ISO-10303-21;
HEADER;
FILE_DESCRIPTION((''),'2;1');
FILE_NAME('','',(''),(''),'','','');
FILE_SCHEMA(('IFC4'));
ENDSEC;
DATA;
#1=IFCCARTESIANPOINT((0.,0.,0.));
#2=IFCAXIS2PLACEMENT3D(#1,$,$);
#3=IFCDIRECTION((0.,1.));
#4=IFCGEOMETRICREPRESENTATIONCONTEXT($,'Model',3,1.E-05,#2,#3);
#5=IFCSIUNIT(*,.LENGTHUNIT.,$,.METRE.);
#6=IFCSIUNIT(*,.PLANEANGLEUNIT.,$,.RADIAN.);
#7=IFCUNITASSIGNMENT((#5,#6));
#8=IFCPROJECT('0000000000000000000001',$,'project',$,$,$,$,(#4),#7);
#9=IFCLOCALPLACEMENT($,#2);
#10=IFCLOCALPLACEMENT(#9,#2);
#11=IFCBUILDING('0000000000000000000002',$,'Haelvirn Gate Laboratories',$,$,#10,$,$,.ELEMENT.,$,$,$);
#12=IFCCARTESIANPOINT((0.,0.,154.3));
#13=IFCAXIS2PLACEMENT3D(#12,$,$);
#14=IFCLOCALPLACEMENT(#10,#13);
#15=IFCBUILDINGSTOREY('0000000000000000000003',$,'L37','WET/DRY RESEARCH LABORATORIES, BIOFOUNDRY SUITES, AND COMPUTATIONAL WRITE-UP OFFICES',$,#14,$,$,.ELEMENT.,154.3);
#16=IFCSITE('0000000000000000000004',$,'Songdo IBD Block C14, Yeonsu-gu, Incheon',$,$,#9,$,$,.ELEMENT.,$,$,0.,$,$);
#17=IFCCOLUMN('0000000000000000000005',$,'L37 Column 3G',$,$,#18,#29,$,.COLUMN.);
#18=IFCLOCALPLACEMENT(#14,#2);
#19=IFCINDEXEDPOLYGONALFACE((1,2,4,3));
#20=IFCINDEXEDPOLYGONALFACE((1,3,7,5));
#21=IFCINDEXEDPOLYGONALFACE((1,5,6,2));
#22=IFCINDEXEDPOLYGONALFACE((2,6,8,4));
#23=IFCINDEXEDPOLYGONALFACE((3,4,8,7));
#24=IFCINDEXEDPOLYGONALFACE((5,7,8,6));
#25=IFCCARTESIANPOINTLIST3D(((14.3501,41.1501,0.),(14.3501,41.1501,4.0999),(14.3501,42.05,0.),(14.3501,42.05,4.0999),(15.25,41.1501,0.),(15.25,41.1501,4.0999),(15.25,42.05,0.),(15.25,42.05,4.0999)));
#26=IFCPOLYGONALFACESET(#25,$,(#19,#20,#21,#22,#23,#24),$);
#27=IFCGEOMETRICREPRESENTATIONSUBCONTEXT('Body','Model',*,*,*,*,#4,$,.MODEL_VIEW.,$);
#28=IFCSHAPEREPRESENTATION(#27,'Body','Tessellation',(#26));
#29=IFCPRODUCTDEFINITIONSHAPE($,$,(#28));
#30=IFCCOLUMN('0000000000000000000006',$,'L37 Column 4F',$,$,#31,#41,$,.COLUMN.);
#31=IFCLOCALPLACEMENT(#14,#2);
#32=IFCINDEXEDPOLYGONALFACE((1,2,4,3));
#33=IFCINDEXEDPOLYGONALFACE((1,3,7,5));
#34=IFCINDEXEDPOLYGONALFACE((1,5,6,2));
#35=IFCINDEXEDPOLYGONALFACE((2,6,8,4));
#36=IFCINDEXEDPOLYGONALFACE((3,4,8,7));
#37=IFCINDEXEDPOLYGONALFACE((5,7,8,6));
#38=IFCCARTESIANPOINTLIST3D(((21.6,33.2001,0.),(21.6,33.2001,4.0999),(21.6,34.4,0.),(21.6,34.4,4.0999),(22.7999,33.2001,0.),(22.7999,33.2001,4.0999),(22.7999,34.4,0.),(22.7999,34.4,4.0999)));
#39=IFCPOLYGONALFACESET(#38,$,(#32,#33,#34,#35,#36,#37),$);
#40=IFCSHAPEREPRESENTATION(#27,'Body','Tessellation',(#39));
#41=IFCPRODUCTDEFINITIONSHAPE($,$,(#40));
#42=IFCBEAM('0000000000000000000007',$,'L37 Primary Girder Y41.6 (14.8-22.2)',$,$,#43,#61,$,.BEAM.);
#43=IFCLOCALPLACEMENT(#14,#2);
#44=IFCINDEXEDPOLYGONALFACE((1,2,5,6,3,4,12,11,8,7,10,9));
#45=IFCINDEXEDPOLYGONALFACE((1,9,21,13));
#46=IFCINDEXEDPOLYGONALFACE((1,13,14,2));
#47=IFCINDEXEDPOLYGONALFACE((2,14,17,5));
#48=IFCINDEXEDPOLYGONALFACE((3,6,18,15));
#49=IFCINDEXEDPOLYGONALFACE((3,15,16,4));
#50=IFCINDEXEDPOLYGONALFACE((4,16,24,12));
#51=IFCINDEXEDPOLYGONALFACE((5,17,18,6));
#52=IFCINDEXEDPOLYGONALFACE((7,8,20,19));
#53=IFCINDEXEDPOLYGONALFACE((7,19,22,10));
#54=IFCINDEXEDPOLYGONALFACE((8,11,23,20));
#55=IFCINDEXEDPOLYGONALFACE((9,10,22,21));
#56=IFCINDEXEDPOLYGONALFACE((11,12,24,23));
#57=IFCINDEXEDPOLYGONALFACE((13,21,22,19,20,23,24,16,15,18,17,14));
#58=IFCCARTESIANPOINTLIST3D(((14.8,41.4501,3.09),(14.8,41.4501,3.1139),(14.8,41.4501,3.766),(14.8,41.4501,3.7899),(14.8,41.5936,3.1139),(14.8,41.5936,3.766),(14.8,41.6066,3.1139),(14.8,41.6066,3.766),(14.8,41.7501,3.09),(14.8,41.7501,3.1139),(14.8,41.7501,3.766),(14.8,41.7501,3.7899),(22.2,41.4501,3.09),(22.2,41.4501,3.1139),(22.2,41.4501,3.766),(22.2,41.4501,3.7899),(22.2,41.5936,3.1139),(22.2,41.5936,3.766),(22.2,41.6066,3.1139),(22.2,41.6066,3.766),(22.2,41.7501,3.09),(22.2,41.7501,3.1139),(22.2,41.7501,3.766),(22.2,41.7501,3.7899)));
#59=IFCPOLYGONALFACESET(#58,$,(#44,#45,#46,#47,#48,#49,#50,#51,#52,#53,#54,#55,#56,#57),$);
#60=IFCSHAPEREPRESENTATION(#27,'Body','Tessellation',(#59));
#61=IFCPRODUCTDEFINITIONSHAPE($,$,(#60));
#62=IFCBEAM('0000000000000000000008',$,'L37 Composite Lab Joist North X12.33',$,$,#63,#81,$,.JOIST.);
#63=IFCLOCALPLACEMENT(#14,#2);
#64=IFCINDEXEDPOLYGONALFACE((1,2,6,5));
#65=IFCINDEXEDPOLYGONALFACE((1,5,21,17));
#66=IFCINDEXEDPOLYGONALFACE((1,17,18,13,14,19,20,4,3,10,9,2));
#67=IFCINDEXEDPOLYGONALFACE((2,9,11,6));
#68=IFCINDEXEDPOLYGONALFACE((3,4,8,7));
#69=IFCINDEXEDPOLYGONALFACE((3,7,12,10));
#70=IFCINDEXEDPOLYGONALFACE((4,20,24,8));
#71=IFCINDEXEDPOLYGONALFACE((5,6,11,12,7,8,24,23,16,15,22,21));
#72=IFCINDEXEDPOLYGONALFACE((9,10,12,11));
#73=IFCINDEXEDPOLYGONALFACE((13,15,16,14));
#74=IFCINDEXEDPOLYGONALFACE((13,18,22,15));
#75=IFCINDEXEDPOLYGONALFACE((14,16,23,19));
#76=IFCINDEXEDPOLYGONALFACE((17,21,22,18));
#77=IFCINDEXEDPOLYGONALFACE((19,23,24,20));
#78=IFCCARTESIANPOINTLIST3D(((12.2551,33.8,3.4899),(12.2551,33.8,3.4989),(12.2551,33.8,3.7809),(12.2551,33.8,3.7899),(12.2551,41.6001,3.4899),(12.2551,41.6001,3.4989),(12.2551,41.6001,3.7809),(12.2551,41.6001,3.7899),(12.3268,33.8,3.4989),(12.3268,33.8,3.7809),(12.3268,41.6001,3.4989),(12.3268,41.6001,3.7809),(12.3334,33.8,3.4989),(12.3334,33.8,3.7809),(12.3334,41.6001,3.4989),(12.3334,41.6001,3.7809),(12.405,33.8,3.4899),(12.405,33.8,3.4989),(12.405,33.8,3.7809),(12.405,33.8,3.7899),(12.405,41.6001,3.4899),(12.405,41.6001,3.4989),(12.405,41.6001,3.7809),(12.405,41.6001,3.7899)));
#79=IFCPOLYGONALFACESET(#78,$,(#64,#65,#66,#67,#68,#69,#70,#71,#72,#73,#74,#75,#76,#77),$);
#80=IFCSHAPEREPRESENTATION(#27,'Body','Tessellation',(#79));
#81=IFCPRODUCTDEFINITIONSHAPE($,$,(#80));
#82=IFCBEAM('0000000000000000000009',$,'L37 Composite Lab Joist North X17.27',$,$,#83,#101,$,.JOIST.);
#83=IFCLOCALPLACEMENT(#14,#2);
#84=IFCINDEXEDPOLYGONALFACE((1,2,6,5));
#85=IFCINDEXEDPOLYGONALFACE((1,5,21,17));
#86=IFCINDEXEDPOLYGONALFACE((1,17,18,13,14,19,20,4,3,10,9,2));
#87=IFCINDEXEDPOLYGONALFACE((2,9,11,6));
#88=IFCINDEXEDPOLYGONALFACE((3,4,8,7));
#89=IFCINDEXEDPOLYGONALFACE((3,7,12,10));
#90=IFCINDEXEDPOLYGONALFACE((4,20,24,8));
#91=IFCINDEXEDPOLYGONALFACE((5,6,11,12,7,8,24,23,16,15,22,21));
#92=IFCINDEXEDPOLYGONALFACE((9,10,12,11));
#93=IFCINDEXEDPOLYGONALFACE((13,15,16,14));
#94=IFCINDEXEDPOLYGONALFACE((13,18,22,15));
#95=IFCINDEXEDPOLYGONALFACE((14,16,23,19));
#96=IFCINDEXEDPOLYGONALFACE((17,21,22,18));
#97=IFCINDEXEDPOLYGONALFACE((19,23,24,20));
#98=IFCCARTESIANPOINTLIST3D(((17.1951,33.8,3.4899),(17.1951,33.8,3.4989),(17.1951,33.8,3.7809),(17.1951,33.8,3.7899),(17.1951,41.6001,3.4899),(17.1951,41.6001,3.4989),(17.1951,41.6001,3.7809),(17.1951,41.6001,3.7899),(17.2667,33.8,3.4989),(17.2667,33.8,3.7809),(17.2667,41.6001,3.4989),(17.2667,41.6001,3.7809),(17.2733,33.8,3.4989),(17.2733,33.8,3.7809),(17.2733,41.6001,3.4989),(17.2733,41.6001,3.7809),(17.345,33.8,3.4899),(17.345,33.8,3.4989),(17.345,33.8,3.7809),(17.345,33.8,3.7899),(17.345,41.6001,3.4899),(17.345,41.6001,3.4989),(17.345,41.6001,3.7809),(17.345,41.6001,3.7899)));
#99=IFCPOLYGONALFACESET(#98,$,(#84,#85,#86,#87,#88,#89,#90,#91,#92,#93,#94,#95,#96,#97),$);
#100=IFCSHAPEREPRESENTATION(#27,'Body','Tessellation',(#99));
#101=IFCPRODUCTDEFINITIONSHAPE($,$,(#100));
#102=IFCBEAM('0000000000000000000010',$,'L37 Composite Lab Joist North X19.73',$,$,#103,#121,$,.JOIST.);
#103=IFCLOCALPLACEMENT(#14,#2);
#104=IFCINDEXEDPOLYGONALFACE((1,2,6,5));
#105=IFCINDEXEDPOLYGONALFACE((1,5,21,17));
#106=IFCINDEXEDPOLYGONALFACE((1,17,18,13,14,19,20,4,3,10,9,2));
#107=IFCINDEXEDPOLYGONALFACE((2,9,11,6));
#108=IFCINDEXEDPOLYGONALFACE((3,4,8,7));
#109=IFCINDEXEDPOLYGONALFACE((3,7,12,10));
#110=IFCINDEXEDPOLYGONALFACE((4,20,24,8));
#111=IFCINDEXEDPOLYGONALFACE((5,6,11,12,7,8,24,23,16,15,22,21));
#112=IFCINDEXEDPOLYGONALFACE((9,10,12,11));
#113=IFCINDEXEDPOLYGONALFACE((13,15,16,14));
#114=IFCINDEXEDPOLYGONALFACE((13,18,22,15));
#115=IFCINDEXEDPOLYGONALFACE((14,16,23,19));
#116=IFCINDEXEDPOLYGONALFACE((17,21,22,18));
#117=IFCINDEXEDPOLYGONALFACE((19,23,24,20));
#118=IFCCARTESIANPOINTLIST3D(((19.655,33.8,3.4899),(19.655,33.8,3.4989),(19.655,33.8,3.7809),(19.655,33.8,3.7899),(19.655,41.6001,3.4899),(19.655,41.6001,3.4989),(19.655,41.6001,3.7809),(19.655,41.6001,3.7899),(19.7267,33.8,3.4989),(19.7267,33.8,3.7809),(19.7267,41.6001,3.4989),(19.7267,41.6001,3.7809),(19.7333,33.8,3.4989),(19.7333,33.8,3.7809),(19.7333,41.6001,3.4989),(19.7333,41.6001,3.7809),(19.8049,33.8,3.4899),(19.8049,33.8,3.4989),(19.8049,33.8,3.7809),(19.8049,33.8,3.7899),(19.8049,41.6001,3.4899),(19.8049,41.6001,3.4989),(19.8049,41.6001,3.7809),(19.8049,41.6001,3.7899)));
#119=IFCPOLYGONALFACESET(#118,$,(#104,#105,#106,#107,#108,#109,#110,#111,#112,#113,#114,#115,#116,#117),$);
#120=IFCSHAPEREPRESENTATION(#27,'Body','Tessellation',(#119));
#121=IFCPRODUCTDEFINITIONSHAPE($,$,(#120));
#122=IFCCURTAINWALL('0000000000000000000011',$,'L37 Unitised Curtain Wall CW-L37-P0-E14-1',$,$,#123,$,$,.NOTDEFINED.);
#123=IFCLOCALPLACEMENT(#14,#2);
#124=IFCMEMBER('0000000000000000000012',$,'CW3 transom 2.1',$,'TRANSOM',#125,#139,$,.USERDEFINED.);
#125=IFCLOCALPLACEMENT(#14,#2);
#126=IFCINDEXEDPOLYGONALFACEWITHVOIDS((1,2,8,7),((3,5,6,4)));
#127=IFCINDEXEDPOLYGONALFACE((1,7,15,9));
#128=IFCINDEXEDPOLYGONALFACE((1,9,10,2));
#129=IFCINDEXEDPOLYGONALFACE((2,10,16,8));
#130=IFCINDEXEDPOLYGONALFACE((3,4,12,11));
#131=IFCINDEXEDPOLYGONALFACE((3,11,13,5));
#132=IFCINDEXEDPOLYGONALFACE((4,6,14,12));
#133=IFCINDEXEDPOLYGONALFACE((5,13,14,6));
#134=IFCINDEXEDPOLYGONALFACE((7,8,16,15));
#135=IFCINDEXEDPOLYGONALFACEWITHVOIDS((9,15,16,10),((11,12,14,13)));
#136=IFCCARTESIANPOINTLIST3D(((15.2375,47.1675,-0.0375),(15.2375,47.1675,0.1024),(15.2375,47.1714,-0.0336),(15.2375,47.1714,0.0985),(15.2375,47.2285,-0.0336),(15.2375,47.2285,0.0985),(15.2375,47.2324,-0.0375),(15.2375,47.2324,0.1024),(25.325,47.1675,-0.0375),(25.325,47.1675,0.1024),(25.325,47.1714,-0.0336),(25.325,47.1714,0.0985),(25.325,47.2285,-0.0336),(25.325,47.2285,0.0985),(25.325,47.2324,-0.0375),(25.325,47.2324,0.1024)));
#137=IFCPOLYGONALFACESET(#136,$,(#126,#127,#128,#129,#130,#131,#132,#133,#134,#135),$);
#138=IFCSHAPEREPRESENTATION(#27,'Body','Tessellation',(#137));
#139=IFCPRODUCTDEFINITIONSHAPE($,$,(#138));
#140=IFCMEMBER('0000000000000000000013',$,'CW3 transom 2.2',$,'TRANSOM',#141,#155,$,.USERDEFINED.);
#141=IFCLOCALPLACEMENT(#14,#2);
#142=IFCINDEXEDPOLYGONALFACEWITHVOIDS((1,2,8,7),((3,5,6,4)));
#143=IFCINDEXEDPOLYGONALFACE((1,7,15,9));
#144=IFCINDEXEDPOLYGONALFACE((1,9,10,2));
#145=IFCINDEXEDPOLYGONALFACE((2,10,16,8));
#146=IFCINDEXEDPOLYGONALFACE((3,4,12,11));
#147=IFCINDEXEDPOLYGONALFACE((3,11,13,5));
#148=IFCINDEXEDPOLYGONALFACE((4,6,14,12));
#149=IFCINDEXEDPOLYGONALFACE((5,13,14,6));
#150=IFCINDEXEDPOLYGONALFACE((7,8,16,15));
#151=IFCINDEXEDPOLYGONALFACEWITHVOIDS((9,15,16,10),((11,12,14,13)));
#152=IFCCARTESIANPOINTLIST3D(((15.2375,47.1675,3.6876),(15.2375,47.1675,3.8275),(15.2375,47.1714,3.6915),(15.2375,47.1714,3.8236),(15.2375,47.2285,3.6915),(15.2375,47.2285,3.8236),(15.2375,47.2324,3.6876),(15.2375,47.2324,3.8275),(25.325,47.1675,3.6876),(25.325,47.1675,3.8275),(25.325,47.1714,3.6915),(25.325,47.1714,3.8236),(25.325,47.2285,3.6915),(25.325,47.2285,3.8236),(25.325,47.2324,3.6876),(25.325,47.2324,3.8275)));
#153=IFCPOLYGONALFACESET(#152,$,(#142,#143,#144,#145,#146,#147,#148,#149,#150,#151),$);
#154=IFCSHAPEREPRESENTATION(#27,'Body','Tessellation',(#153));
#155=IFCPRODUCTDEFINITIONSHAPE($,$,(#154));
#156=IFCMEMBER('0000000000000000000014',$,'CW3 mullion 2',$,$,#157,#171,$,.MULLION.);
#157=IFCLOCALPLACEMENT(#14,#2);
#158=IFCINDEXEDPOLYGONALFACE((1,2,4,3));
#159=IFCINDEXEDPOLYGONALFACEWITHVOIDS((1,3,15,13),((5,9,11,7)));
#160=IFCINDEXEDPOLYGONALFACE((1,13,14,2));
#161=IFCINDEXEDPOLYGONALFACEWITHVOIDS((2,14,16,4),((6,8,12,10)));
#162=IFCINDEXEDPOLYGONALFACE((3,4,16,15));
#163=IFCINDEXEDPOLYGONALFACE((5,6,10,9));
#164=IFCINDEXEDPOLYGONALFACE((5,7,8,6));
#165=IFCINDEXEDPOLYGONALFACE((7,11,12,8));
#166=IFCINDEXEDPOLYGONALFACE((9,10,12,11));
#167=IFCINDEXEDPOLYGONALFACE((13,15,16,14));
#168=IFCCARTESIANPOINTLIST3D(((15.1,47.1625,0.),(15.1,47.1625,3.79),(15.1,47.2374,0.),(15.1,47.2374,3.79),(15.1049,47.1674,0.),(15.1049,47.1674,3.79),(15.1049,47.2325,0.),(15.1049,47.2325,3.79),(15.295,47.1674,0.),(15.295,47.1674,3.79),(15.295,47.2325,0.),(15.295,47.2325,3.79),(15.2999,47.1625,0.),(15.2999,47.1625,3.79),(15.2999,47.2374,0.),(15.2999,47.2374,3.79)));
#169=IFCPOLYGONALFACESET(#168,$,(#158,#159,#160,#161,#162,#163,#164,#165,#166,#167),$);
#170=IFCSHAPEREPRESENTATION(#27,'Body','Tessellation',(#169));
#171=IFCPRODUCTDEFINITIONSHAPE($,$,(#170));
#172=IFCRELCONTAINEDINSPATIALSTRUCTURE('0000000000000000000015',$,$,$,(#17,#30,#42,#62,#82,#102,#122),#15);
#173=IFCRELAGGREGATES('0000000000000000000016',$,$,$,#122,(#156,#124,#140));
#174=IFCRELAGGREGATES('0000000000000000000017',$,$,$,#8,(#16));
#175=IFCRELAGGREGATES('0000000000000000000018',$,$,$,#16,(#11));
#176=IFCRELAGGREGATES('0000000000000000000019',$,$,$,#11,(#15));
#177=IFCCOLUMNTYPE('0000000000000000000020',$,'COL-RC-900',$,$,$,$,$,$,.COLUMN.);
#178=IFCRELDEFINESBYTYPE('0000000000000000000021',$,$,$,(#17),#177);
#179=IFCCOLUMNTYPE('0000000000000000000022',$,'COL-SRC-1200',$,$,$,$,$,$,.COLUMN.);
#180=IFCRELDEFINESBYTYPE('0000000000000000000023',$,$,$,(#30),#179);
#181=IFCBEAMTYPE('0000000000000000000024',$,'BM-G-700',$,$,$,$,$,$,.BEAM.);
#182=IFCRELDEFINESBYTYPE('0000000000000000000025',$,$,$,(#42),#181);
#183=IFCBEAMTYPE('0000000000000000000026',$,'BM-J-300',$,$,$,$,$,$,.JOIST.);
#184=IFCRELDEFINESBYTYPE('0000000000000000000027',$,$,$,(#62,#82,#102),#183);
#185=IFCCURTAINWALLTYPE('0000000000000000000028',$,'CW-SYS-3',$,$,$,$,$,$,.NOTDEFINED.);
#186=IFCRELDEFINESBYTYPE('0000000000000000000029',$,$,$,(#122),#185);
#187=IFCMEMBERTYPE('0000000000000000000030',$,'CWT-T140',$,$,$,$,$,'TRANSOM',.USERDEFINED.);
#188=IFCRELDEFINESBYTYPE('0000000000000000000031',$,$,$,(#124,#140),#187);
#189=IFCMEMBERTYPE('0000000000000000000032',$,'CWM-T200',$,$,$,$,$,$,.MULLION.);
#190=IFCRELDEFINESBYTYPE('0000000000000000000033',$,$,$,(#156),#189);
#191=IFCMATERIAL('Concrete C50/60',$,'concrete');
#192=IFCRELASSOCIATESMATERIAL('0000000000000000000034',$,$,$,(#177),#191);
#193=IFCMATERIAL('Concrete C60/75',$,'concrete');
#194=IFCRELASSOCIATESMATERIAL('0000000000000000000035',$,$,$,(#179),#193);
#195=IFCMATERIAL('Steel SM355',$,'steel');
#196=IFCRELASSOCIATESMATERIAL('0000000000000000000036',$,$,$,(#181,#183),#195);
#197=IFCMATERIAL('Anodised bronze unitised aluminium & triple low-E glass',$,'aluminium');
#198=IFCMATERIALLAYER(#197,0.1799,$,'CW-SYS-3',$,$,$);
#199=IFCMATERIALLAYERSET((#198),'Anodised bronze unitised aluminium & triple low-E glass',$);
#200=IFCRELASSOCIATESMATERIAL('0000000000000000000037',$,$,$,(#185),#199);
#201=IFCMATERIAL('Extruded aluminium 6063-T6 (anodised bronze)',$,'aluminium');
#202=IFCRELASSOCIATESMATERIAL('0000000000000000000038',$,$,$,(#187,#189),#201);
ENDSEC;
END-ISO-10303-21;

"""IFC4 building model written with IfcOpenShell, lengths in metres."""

from ifc_helpers import new_model, si_unit, direction, frame, origin, origin_2d, place, context, subcontext, project, spatial, rectangle, hollow_rectangle, i_section, extrude, source, transform, mapped, material, layer, layer_set, material_profile, profile_set, type_object, type_shapes, element, aggregate, save


model = new_model("IFC4")

# Units and contexts
model_context = context("Model", 3, precision=1e-05, world=origin(), true_north=direction((0.0, 1.0)))
body_context = subcontext(model_context, "Body", "Model", "MODEL_VIEW")
ifc_project = project(units=[si_unit("LENGTHUNIT", "METRE"), si_unit("PLANEANGLEUNIT", "RADIAN")], contexts=[model_context])

# Site, building, storey
site_placement = place(None, origin())
site = spatial("IfcSite", under=ifc_project, at=site_placement, Name="Songdo IBD Block C14, Yeonsu-gu, Incheon", CompositionType="ELEMENT", RefElevation=0.0)
building_placement = place(site_placement, origin())
building = spatial("IfcBuilding", under=site, at=building_placement, Name="Haelvirn Gate Laboratories", CompositionType="ELEMENT")
storey_placement = place(building_placement, frame((0.0, 0.0, 154.3)))
storey = spatial("IfcBuildingStorey", under=building, at=storey_placement, Name="L37", Description="WET/DRY RESEARCH LABORATORIES, BIOFOUNDRY SUITES, AND COMPUTATIONAL WRITE-UP OFFICES", CompositionType="ELEMENT", Elevation=154.3)

# Columns
ifc_material_1 = material(Name="Concrete C50/60", Category="concrete")
ifc_material_profile_1 = material_profile(ifc_material_1, rectangle(XDim=0.8999, YDim=0.8999, at=origin_2d()), Name="RC-900x900")
ifc_profile_set_1 = profile_set([ifc_material_profile_1], Name="Concrete C50/60")
column_type_1 = type_object("IfcColumnType", Name="COL-RC-900", PredefinedType="COLUMN", material=ifc_profile_set_1)
shared_shape_1 = source(origin(), body_context, "Body", "SweptSolid", [
    extrude(rectangle(XDim=0.8999, YDim=0.8999, at=origin_2d()), origin(), (0.0, 0.0, 1.0), 4.0999),
])
type_shapes(column_type_1, [shared_shape_1])
column_1_placement = place(storey_placement, frame((14.8, 41.6001, 0.0), z_axis=(0.0, 0.0, 1.0), x_axis=(1.0, 0.0, 0.0)))
element("IfcColumn", 1, at=column_1_placement, inside=storey, type_object=column_type_1, Name="L37 Column 3G", PredefinedType="COLUMN", context=body_context, shape_type="MappedRepresentation", body=[
    mapped(shared_shape_1, transform((0.0, 0.0, 0.0), scale=1.0)),
])
ifc_material_2 = material(Name="Concrete C60/75", Category="concrete")
ifc_material_profile_2 = material_profile(ifc_material_2, rectangle(XDim=1.2, YDim=1.2, at=origin_2d()), Name="SRC-1200x1200")
ifc_profile_set_2 = profile_set([ifc_material_profile_2], Name="Concrete C60/75")
column_type_2 = type_object("IfcColumnType", Name="COL-SRC-1200", PredefinedType="COLUMN", material=ifc_profile_set_2)
shared_shape_2 = source(origin(), body_context, "Body", "SweptSolid", [
    extrude(rectangle(XDim=1.2, YDim=1.2, at=origin_2d()), origin(), (0.0, 0.0, 1.0), 4.0999),
])
type_shapes(column_type_2, [shared_shape_2])
column_2_placement = place(storey_placement, frame((22.2, 33.8, 0.0), z_axis=(0.0, 0.0, 1.0), x_axis=(1.0, 0.0, 0.0)))
element("IfcColumn", 2, at=column_2_placement, inside=storey, type_object=column_type_2, Name="L37 Column 4F", PredefinedType="COLUMN", context=body_context, shape_type="MappedRepresentation", body=[
    mapped(shared_shape_2, transform((0.0, 0.0, 0.0), scale=1.0)),
])

# Beams
ifc_material_3 = material(Name="Steel SM355", Category="steel")
ifc_material_profile_3 = material_profile(ifc_material_3, i_section(OverallWidth=0.3, OverallDepth=0.7, WebThickness=0.0129, FlangeThickness=0.0239, at=origin_2d()), Name="H-700x300x13x24")
ifc_profile_set_3 = profile_set([ifc_material_profile_3], Name="Steel SM355")
beam_type_1 = type_object("IfcBeamType", Name="BM-G-700", PredefinedType="BEAM", material=ifc_profile_set_3)
shared_shape_3 = source(origin(), body_context, "Body", "SweptSolid", [
    extrude(i_section(OverallWidth=0.3, OverallDepth=0.7, WebThickness=0.0129, FlangeThickness=0.0239, at=origin_2d()), origin(), (0.0, 0.0, 1.0), 7.3999),
])
type_shapes(beam_type_1, [shared_shape_3])
beam_placement = place(storey_placement, frame((14.8, 41.6001, 3.4399), z_axis=(1.0, 0.0, 0.0), x_axis=(0.0, 1.0, 0.0)))
element("IfcBeam", 3, at=beam_placement, inside=storey, type_object=beam_type_1, Name="L37 Primary Girder Y41.6 (14.8-22.2)", PredefinedType="BEAM", context=body_context, shape_type="MappedRepresentation", body=[
    mapped(shared_shape_3, transform((0.0, 0.0, 0.0), scale=1.0)),
])
ifc_material_profile_4 = material_profile(ifc_material_3, i_section(OverallWidth=0.1499, OverallDepth=0.3, WebThickness=0.0066, FlangeThickness=0.009, at=origin_2d()), Name="H-300x150x6.5x9")
ifc_profile_set_4 = profile_set([ifc_material_profile_4], Name="Steel SM355")
beam_type_2 = type_object("IfcBeamType", Name="BM-J-300", PredefinedType="JOIST", material=ifc_profile_set_4)
shared_shape_4 = source(origin(), body_context, "Body", "SweptSolid", [
    extrude(i_section(OverallWidth=0.1499, OverallDepth=0.3, WebThickness=0.0066, FlangeThickness=0.009, at=origin_2d()), origin(), (0.0, 0.0, 1.0), 7.8),
])
type_shapes(beam_type_2, [shared_shape_4])
for number, where, z_axis, x_axis, name in (
    (4, (12.3301, 33.8, 3.6399), (0.0, 1.0, 0.0), (-1.0, 0.0, 0.0), "L37 Composite Lab Joist North X12.33"),
    (5, (17.27, 33.8, 3.6399), (0.0, 1.0, 0.0), (-1.0, 0.0, 0.0), "L37 Composite Lab Joist North X17.27"),
    (6, (19.73, 33.8, 3.6399), (0.0, 1.0, 0.0), (-1.0, 0.0, 0.0), "L37 Composite Lab Joist North X19.73"),
):
    element("IfcBeam", number, at=place(storey_placement, frame(where, z_axis=z_axis, x_axis=x_axis)), inside=storey, type_object=beam_type_2, Name=name, PredefinedType="JOIST", context=body_context, shape_type="MappedRepresentation", body=[
        mapped(shared_shape_4, transform((0.0, 0.0, 0.0), scale=1.0)),
    ])

# Curtain wall, members
ifc_material_4 = material(Name="Anodised bronze unitised aluminium & triple low-E glass", Category="aluminium")
ifc_layer_1 = layer(ifc_material_4, 0.1799, Name="CW-SYS-3")
ifc_layer_set_1 = layer_set([ifc_layer_1], Name="Anodised bronze unitised aluminium & triple low-E glass")
curtain_wall_type = type_object("IfcCurtainWallType", Name="CW-SYS-3", PredefinedType="NOTDEFINED", material=ifc_layer_set_1)
curtain_wall_placement = place(storey_placement, origin())
curtain_wall = element("IfcCurtainWall", 7, at=curtain_wall_placement, inside=storey, type_object=curtain_wall_type, Name="L37 Unitised Curtain Wall CW-L37-P0-E14-1", PredefinedType="NOTDEFINED")
ifc_material_5 = material(Name="Extruded aluminium 6063-T6 (anodised bronze)", Category="aluminium")
ifc_material_profile_5 = material_profile(ifc_material_5, hollow_rectangle(XDim=0.0649, YDim=0.1399, WallThickness=0.0039, at=origin_2d()), Name="CWT-140x65x4")
ifc_profile_set_5 = profile_set([ifc_material_profile_5], Name="Extruded aluminium 6063-T6 (anodised bronze)")
member_type_1 = type_object("IfcMemberType", Name="CWT-T140", ElementType="TRANSOM", PredefinedType="USERDEFINED", material=ifc_profile_set_5)
shared_shape_5 = source(origin(), body_context, "Body", "SweptSolid", [
    extrude(hollow_rectangle(XDim=0.0649, YDim=0.1399, WallThickness=0.0039, at=origin_2d()), origin(), (0.0, 0.0, 1.0), 10.0874),
])
type_shapes(member_type_1, [shared_shape_5])
member_1_placement = place(storey_placement, frame((15.2375, 47.2, 0.0325), z_axis=(1.0, 0.0, 0.0), x_axis=(0.0, 1.0, 0.0)))
member_1 = element("IfcMember", 8, at=member_1_placement, type_object=member_type_1, Name="CW3 transom 2.1", ObjectType="TRANSOM", PredefinedType="USERDEFINED", context=body_context, shape_type="MappedRepresentation", body=[
    mapped(shared_shape_5, transform((0.0, 0.0, 0.0), scale=1.0)),
])
member_2_placement = place(storey_placement, frame((15.2375, 47.2, 3.7576), z_axis=(1.0, 0.0, 0.0), x_axis=(0.0, 1.0, 0.0)))
member_2 = element("IfcMember", 9, at=member_2_placement, type_object=member_type_1, Name="CW3 transom 2.2", ObjectType="TRANSOM", PredefinedType="USERDEFINED", context=body_context, shape_type="MappedRepresentation", body=[
    mapped(shared_shape_5, transform((0.0, 0.0, 0.0), scale=1.0)),
])
ifc_material_profile_6 = material_profile(ifc_material_5, hollow_rectangle(XDim=0.075, YDim=0.2, WallThickness=0.0049, at=origin_2d()), Name="CWM-200x75x5")
ifc_profile_set_6 = profile_set([ifc_material_profile_6], Name="Extruded aluminium 6063-T6 (anodised bronze)")
member_type_2 = type_object("IfcMemberType", Name="CWM-T200", PredefinedType="MULLION", material=ifc_profile_set_6)
shared_shape_6 = source(origin(), body_context, "Body", "SweptSolid", [
    extrude(hollow_rectangle(XDim=0.075, YDim=0.2, WallThickness=0.0049, at=origin_2d()), origin(), (0.0, 0.0, 1.0), 3.79),
])
type_shapes(member_type_2, [shared_shape_6])
member_3_placement = place(storey_placement, frame((15.2, 47.2, 0.0), z_axis=(0.0, 0.0, 1.0), x_axis=(0.0, 1.0, 0.0)))
member_3 = element("IfcMember", 10, at=member_3_placement, type_object=member_type_2, Name="CW3 mullion 2", PredefinedType="MULLION", context=body_context, shape_type="MappedRepresentation", body=[
    mapped(shared_shape_6, transform((0.0, 0.0, 0.0), scale=1.0)),
])
aggregate(curtain_wall, [member_3, member_1, member_2])

save(model, "model.ifc")
